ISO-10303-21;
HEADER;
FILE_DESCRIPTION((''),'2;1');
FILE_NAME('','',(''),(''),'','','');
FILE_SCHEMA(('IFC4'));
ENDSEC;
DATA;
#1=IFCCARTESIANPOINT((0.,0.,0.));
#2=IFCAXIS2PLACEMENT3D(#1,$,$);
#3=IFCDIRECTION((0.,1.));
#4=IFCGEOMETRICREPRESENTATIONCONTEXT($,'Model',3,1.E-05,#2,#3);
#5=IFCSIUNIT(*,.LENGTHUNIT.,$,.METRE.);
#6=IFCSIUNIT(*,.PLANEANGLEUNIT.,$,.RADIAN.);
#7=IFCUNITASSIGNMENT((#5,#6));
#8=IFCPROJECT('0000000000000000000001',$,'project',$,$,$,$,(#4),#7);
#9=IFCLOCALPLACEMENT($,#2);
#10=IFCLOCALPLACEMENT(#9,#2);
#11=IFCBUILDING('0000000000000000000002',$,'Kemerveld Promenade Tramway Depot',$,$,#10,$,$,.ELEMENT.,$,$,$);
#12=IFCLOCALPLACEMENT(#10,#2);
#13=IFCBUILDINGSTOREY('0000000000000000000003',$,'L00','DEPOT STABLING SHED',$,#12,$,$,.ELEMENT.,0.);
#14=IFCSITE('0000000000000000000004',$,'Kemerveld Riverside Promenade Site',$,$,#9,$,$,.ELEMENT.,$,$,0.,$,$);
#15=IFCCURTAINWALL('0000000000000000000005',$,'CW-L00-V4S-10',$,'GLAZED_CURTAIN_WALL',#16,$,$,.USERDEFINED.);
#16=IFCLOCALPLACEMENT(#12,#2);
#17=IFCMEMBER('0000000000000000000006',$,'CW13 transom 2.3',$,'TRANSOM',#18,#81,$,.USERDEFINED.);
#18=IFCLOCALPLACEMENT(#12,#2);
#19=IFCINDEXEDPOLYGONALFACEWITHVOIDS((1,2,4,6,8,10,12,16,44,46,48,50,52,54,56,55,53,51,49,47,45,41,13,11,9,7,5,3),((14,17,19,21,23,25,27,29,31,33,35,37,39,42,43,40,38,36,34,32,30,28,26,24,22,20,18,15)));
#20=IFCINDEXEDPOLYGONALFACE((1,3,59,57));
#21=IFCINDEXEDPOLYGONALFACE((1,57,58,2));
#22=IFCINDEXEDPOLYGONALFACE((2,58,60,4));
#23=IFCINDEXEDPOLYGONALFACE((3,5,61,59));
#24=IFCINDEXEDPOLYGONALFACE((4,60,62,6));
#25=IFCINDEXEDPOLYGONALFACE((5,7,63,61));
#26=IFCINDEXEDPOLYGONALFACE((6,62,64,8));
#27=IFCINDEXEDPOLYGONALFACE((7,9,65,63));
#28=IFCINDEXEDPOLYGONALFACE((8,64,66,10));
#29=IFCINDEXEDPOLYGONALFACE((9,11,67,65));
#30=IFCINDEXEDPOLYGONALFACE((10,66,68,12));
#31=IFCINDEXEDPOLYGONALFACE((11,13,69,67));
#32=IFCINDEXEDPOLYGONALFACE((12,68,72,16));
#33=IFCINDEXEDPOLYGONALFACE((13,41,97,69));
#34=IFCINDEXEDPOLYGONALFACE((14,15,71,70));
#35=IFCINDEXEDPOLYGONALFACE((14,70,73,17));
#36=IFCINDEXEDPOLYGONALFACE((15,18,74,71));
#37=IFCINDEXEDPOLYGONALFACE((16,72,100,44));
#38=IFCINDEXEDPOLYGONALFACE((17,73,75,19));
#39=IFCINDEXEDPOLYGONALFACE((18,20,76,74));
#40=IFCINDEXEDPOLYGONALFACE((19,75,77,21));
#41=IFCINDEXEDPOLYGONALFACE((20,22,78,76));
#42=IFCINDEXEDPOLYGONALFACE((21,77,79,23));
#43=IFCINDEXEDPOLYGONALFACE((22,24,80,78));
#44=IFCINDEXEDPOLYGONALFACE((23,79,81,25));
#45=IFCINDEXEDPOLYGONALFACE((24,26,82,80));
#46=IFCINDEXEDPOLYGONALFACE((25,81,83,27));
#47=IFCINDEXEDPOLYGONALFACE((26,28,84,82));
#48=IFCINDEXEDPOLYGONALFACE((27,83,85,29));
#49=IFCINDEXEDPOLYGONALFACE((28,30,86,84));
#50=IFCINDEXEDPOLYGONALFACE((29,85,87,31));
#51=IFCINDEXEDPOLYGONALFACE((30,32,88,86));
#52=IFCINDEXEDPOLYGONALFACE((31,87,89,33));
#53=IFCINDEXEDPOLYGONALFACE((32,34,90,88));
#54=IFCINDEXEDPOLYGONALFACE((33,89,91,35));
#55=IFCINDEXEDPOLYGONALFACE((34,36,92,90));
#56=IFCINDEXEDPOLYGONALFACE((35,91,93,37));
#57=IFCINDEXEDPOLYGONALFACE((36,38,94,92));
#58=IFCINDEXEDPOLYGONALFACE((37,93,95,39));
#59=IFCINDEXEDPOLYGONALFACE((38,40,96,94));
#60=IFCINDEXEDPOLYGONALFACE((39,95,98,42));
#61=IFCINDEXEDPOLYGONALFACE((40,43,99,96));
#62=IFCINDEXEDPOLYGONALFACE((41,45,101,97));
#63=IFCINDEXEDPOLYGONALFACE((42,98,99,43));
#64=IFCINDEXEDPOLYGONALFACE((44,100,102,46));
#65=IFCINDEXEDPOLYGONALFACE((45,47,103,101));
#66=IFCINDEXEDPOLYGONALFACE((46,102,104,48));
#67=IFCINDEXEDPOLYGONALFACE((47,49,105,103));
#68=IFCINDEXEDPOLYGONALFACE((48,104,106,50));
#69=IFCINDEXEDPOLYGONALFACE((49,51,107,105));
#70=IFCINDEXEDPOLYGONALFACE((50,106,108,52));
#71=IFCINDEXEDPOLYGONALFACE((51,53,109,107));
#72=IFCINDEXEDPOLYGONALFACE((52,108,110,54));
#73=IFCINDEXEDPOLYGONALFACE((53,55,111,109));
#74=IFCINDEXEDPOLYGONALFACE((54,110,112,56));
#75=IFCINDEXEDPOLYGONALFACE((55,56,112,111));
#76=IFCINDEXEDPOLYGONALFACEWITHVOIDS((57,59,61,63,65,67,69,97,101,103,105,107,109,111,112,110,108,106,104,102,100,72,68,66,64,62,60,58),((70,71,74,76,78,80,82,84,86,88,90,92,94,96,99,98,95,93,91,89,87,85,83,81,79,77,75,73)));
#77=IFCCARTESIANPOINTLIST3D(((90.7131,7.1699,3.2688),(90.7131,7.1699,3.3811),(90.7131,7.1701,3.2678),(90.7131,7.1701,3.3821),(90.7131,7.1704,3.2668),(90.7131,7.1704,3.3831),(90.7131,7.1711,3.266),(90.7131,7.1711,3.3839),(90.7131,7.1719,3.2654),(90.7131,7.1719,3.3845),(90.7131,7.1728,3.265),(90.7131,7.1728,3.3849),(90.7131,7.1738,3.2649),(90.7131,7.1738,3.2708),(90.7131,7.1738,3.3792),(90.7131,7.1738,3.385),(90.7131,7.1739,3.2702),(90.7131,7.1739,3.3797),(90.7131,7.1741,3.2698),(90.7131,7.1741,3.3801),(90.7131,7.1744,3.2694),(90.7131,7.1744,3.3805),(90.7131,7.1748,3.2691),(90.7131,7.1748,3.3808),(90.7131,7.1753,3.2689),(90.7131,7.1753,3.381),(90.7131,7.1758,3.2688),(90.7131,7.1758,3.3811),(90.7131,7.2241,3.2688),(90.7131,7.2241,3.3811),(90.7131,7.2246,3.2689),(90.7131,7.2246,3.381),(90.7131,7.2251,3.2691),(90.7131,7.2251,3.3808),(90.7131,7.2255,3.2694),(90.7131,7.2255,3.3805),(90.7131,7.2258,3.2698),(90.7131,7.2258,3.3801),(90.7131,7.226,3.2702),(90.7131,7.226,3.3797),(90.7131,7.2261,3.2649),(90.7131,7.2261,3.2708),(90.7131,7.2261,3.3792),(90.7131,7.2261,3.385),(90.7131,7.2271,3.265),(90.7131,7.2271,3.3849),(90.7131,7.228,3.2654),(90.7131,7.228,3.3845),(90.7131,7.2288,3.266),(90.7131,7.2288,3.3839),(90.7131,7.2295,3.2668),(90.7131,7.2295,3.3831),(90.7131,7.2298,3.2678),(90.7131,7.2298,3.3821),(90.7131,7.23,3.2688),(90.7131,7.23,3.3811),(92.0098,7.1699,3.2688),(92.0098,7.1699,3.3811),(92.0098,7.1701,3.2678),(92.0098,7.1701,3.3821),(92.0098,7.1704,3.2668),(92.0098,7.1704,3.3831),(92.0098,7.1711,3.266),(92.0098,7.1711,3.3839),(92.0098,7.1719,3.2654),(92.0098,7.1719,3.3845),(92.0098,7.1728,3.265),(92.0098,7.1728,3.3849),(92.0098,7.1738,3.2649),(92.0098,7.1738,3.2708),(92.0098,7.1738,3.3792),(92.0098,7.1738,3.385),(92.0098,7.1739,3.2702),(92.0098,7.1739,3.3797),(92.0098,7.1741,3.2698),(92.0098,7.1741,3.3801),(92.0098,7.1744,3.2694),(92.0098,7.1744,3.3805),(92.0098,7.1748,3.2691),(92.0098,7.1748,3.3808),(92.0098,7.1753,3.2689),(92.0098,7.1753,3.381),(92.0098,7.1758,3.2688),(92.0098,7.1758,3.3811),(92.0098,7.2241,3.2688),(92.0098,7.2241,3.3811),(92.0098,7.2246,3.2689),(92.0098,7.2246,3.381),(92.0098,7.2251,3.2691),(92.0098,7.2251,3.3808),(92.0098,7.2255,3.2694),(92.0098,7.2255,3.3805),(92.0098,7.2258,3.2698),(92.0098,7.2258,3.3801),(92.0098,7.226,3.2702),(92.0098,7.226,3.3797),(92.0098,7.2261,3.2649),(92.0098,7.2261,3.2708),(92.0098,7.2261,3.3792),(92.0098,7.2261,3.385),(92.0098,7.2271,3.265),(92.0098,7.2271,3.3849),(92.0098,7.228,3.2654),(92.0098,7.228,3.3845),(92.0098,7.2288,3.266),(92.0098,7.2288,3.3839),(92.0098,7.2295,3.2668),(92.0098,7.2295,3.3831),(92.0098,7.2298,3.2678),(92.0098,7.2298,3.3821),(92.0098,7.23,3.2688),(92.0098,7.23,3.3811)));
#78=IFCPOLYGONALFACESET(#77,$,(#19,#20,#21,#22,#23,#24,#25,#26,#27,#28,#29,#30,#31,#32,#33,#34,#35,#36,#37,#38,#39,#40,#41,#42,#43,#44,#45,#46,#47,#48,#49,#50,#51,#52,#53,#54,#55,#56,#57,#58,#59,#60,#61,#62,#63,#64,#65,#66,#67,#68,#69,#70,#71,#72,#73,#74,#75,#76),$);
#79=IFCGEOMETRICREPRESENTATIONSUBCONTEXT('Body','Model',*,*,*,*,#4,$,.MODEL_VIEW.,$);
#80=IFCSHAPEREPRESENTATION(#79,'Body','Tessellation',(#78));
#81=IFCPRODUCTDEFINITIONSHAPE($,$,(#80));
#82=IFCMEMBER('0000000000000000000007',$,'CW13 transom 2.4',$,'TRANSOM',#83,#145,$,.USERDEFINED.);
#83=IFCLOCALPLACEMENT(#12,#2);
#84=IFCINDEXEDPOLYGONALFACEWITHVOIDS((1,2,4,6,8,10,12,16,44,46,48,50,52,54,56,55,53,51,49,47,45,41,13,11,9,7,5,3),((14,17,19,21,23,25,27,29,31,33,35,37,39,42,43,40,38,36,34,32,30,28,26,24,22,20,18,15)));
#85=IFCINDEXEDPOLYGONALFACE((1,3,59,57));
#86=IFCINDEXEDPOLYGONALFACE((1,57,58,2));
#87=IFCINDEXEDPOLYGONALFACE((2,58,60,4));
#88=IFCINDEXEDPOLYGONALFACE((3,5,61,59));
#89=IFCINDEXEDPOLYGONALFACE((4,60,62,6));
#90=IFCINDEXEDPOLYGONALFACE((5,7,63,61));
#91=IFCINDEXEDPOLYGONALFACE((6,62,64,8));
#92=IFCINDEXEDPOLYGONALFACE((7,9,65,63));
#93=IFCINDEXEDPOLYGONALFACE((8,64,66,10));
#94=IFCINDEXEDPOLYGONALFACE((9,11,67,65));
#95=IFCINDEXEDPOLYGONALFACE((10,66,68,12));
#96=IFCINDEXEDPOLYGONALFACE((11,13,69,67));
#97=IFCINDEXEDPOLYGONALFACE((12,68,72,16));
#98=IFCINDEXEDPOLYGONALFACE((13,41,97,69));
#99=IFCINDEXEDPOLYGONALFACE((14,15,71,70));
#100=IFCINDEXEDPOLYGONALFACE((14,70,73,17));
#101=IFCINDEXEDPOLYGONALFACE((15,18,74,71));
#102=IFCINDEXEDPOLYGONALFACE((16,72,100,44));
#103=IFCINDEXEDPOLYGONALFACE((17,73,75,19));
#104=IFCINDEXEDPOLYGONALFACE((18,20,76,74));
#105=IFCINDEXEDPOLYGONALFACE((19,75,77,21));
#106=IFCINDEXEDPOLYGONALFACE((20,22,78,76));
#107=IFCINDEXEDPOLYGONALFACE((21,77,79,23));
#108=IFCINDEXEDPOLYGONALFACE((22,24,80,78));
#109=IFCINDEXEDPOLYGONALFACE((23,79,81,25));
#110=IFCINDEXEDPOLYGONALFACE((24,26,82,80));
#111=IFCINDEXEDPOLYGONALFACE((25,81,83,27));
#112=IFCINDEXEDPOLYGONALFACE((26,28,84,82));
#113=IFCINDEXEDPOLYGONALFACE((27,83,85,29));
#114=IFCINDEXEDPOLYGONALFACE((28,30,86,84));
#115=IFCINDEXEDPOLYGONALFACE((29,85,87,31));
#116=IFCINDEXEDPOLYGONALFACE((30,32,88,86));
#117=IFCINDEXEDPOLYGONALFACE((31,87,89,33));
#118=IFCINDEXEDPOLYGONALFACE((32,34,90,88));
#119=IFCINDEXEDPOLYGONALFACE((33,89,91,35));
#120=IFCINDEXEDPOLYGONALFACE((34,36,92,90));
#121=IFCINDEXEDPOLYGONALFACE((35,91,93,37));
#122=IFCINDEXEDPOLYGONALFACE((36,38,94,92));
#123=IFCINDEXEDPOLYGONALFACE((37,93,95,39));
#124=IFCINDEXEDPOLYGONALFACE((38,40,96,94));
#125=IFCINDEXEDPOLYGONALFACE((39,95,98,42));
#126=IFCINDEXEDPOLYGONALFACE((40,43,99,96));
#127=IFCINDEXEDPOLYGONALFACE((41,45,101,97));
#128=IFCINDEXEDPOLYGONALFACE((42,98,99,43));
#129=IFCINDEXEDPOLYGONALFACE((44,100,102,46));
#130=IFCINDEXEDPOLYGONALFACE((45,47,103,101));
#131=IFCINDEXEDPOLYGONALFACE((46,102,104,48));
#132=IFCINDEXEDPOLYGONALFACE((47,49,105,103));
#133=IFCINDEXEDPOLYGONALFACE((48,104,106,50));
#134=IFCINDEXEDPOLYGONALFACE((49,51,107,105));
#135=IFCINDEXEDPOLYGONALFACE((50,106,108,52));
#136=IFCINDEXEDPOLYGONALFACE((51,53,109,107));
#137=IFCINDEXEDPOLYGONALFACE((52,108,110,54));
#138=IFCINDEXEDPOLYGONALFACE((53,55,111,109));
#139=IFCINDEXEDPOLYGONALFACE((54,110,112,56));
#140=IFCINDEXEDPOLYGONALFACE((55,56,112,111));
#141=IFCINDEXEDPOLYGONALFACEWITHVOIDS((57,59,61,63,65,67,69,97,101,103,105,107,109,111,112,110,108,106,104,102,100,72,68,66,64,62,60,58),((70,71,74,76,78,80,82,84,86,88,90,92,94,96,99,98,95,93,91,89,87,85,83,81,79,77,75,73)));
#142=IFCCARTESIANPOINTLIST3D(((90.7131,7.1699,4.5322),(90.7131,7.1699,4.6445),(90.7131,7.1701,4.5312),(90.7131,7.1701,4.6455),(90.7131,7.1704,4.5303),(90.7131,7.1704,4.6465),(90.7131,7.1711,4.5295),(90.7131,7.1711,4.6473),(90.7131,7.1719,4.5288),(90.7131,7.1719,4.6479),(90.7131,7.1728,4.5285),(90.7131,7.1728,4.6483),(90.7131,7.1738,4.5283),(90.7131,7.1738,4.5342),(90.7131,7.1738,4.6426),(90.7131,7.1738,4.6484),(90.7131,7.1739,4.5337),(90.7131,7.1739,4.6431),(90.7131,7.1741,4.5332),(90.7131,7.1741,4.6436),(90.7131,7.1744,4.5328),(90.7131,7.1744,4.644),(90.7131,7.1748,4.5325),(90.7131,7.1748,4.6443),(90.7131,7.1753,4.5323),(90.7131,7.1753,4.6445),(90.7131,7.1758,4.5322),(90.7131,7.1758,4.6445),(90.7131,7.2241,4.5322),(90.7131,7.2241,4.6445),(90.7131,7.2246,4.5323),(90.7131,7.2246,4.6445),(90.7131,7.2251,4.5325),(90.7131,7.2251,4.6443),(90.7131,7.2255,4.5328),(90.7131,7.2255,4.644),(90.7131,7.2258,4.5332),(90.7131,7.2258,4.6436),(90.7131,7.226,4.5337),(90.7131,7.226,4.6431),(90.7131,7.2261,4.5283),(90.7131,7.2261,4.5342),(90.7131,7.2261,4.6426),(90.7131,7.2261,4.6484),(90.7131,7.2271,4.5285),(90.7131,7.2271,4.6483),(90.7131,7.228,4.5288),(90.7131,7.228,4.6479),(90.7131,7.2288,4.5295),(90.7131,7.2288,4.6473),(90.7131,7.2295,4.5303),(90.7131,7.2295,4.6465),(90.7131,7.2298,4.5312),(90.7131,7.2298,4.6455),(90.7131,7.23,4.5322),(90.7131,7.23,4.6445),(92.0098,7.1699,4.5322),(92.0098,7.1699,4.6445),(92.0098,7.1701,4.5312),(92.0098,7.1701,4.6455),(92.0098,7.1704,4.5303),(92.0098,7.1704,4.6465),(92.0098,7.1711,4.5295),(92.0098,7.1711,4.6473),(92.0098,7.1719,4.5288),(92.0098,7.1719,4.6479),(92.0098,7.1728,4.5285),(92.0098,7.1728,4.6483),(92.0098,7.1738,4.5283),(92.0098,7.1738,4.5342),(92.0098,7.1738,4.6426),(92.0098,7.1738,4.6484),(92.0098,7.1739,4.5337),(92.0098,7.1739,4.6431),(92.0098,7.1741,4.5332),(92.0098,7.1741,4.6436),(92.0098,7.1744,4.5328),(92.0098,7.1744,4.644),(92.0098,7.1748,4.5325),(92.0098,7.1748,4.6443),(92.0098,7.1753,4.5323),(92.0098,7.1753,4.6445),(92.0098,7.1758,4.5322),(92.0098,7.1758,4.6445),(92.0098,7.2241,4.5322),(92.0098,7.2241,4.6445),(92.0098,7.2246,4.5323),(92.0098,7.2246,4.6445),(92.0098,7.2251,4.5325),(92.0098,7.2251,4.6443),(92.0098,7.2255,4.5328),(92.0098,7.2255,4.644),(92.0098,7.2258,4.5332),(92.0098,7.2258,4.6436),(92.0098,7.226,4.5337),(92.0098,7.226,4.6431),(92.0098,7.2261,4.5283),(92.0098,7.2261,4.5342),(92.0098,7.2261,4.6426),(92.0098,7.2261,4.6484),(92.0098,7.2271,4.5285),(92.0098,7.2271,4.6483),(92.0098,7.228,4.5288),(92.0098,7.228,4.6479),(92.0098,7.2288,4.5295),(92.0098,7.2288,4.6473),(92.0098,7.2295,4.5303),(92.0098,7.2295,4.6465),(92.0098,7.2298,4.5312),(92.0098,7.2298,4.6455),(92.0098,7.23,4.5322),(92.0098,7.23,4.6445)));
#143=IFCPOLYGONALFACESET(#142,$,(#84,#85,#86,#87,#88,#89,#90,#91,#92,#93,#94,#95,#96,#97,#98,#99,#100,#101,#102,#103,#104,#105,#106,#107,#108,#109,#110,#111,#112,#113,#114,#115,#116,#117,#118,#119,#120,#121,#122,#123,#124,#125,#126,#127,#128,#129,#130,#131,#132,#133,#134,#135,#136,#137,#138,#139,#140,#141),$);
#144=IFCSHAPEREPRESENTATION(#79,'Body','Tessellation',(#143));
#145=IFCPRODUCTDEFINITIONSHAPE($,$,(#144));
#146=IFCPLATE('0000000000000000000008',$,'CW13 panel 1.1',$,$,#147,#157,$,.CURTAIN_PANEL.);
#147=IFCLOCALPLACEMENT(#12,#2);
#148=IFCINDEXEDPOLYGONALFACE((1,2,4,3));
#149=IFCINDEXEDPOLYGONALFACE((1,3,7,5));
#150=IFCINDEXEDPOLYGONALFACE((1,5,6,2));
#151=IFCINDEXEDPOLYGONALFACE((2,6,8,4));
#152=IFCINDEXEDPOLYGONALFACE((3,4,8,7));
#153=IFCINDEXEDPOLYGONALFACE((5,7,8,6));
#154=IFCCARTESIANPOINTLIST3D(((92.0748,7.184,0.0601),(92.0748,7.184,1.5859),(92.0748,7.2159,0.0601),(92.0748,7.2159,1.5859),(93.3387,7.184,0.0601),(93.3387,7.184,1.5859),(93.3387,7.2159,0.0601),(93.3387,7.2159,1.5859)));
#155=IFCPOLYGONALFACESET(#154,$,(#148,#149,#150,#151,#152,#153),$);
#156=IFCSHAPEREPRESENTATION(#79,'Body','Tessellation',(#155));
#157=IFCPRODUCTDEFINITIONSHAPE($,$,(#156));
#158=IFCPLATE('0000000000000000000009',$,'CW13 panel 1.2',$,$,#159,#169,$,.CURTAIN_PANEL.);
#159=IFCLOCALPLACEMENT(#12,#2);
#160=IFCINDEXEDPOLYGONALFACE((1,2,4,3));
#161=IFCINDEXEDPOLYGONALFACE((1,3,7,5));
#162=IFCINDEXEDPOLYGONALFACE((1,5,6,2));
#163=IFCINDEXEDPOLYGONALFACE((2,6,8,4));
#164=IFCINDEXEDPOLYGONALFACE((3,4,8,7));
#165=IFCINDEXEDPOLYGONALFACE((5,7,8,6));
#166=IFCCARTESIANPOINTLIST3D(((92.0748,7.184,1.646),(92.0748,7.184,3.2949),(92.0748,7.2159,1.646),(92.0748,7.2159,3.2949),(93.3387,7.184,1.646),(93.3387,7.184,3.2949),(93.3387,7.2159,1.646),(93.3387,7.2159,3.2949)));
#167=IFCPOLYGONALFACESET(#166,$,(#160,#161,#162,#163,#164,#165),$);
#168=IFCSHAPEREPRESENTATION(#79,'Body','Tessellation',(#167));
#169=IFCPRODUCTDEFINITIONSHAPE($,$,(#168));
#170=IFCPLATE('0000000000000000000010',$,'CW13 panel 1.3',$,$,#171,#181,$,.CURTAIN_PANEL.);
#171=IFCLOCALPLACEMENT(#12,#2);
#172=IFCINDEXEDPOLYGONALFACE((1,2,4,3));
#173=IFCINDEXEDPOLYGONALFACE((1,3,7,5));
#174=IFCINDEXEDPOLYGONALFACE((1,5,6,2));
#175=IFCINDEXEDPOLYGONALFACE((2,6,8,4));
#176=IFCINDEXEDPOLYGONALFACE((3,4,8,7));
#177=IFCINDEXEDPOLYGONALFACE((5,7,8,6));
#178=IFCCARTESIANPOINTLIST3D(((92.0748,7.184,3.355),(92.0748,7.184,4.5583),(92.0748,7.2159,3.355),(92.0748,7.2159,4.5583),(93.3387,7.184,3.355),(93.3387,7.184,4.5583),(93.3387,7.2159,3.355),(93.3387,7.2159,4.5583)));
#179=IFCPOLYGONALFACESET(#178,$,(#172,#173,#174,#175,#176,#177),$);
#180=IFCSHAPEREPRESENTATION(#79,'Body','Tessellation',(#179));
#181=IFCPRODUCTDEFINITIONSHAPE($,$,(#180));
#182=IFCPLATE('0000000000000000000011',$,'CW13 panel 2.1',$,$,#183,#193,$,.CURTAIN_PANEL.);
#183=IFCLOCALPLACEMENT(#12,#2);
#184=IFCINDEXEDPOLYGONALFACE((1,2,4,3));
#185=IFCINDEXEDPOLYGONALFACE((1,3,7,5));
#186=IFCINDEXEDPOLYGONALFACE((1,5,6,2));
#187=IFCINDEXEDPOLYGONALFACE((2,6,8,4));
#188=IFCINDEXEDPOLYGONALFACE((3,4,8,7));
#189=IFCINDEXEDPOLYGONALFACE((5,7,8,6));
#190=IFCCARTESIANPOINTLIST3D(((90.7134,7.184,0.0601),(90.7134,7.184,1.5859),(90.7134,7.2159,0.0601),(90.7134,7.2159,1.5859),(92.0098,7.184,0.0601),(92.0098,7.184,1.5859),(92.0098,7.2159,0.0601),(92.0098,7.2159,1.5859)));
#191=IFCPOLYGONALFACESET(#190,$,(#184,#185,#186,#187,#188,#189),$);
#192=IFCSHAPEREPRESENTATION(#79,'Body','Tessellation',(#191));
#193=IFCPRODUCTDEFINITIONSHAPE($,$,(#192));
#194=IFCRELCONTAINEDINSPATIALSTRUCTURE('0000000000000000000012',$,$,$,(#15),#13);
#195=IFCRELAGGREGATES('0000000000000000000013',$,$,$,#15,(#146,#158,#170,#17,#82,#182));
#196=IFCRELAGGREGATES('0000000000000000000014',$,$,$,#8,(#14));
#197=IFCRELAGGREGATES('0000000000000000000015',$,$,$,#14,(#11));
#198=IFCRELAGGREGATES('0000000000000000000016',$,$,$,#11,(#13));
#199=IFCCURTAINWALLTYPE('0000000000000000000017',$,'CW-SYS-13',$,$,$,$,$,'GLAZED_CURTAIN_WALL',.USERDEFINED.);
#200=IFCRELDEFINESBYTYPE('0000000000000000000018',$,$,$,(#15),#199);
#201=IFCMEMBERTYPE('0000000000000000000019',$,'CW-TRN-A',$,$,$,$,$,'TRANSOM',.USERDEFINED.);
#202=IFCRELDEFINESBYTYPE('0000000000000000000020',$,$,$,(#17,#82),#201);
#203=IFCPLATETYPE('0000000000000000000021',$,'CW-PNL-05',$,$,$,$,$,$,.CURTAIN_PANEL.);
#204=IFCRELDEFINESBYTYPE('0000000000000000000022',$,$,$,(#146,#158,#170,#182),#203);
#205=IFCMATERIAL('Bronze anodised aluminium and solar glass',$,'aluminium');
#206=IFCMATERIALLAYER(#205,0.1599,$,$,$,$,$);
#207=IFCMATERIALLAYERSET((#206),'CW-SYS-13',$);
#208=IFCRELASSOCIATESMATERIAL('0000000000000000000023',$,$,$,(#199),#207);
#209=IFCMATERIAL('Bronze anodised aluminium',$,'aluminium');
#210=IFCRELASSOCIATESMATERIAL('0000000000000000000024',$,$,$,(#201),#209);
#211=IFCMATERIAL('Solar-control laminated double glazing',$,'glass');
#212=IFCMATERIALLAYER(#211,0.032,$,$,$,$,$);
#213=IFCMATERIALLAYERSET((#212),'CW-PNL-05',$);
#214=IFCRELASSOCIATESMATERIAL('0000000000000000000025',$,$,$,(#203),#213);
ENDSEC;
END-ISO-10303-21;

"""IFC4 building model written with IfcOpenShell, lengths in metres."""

from ifc_helpers import new_model, si_unit, direction, frame, origin, origin_2d, place, context, subcontext, project, spatial, rectangle, hollow_rectangle, extrude, material, layer, layer_set, material_profile, profile_set, type_object, element, aggregate, save


model = new_model("IFC4")

# Units and contexts
model_context = context("Model", 3, precision=1e-05, world=origin(), true_north=direction((0.0, 1.0)))
body_context = subcontext(model_context, "Body", "Model", "MODEL_VIEW")
ifc_project = project(units=[si_unit("LENGTHUNIT", "METRE"), si_unit("PLANEANGLEUNIT", "RADIAN")], contexts=[model_context])

# Site, building, storey
site_placement = place(None, origin())
site = spatial("IfcSite", under=ifc_project, at=site_placement, Name="Kemerveld Riverside Promenade Site", CompositionType="ELEMENT", RefElevation=0.0)
building_placement = place(site_placement, origin())
building = spatial("IfcBuilding", under=site, at=building_placement, Name="Kemerveld Promenade Tramway Depot", CompositionType="ELEMENT")
storey_placement = place(building_placement, origin())
storey = spatial("IfcBuildingStorey", under=building, at=storey_placement, Name="L00", Description="DEPOT STABLING SHED", CompositionType="ELEMENT", Elevation=0.0)

# Curtain wall, members, plates
ifc_material_1 = material(Name="Bronze anodised aluminium and solar glass", Category="aluminium")
ifc_layer_1 = layer(ifc_material_1, 0.1599)
ifc_layer_set_1 = layer_set([ifc_layer_1], Name="CW-SYS-13")
curtain_wall_type = type_object("IfcCurtainWallType", Name="CW-SYS-13", ElementType="GLAZED_CURTAIN_WALL", PredefinedType="USERDEFINED", material=ifc_layer_set_1)
curtain_wall_placement = place(storey_placement, origin())
curtain_wall = element("IfcCurtainWall", 1, at=curtain_wall_placement, inside=storey, type_object=curtain_wall_type, Name="CW-L00-V4S-10", ObjectType="GLAZED_CURTAIN_WALL", PredefinedType="USERDEFINED")
ifc_material_2 = material(Name="Bronze anodised aluminium", Category="aluminium")
ifc_material_profile_1 = material_profile(ifc_material_2, hollow_rectangle(XDim=0.0601, YDim=0.1201, WallThickness=0.0039, InnerFilletRadius=0.002, OuterFilletRadius=0.0039, at=origin_2d()), Name="CW-TRN-120x60")
ifc_profile_set_1 = profile_set([ifc_material_profile_1], Name="Bronze anodised aluminium")
member_type_1 = type_object("IfcMemberType", Name="CW-TRN-A", ElementType="TRANSOM", PredefinedType="USERDEFINED", material=ifc_profile_set_1)
member_1_placement = place(storey_placement, frame((92.0098, 7.2, 3.325), z_axis=(-1.0, 0.0, 0.0), x_axis=(0.0, -1.0, 0.0)))
member_1 = element("IfcMember", 2, at=member_1_placement, type_object=member_type_1, Name="CW13 transom 2.3", ObjectType="TRANSOM", PredefinedType="USERDEFINED", context=body_context, shape_type="SweptSolid", body=[
    extrude(hollow_rectangle(XDim=0.0601, YDim=0.1201, WallThickness=0.0039, InnerFilletRadius=0.002, OuterFilletRadius=0.0039, at=origin_2d()), origin(), (0.0, 0.0, 1.0), 1.2966),
])
member_2_placement = place(storey_placement, frame((92.0098, 7.2, 4.5884), z_axis=(-1.0, 0.0, 0.0), x_axis=(0.0, -1.0, 0.0)))
member_2 = element("IfcMember", 3, at=member_2_placement, type_object=member_type_1, Name="CW13 transom 2.4", ObjectType="TRANSOM", PredefinedType="USERDEFINED", context=body_context, shape_type="SweptSolid", body=[
    extrude(hollow_rectangle(XDim=0.0601, YDim=0.1201, WallThickness=0.0039, InnerFilletRadius=0.002, OuterFilletRadius=0.0039, at=origin_2d()), origin(), (0.0, 0.0, 1.0), 1.2966),
])
ifc_material_3 = material(Name="Solar-control laminated double glazing", Category="glass")
ifc_layer_2 = layer(ifc_material_3, 0.032)
ifc_layer_set_2 = layer_set([ifc_layer_2], Name="CW-PNL-05")
plate_type_1 = type_object("IfcPlateType", Name="CW-PNL-05", PredefinedType="CURTAIN_PANEL", material=ifc_layer_set_2)
plate_1_placement = place(storey_placement, frame((92.7068, 7.2, 0.0601), z_axis=(0.0, 0.0, 1.0), x_axis=(-1.0, 0.0, 0.0)))
plate_1 = element("IfcPlate", 4, at=plate_1_placement, type_object=plate_type_1, Name="CW13 panel 1.1", PredefinedType="CURTAIN_PANEL", context=body_context, shape_type="SweptSolid", body=[
    extrude(rectangle(XDim=1.2639, YDim=0.032, at=origin_2d()), origin(), (0.0, 0.0, 1.0), 1.5259),
])
plate_2_placement = place(storey_placement, frame((92.7068, 7.2, 1.646), z_axis=(0.0, 0.0, 1.0), x_axis=(-1.0, 0.0, 0.0)))
plate_2 = element("IfcPlate", 5, at=plate_2_placement, type_object=plate_type_1, Name="CW13 panel 1.2", PredefinedType="CURTAIN_PANEL", context=body_context, shape_type="SweptSolid", body=[
    extrude(rectangle(XDim=1.2639, YDim=0.032, at=origin_2d()), origin(), (0.0, 0.0, 1.0), 1.6489),
])
plate_3_placement = place(storey_placement, frame((92.7068, 7.2, 3.355), z_axis=(0.0, 0.0, 1.0), x_axis=(-1.0, 0.0, 0.0)))
plate_3 = element("IfcPlate", 6, at=plate_3_placement, type_object=plate_type_1, Name="CW13 panel 1.3", PredefinedType="CURTAIN_PANEL", context=body_context, shape_type="SweptSolid", body=[
    extrude(rectangle(XDim=1.2639, YDim=0.032, at=origin_2d()), origin(), (0.0, 0.0, 1.0), 1.2034),
])
plate_4_placement = place(storey_placement, frame((91.3616, 7.2, 0.0601), z_axis=(0.0, 0.0, 1.0), x_axis=(-1.0, 0.0, 0.0)))
plate_4 = element("IfcPlate", 7, at=plate_4_placement, type_object=plate_type_1, Name="CW13 panel 2.1", PredefinedType="CURTAIN_PANEL", context=body_context, shape_type="SweptSolid", body=[
    extrude(rectangle(XDim=1.2964, YDim=0.032, at=origin_2d()), origin(), (0.0, 0.0, 1.0), 1.5259),
])
aggregate(curtain_wall, [plate_1, plate_2, plate_3, member_1, member_2, plate_4])

save(model, "model.ifc")
